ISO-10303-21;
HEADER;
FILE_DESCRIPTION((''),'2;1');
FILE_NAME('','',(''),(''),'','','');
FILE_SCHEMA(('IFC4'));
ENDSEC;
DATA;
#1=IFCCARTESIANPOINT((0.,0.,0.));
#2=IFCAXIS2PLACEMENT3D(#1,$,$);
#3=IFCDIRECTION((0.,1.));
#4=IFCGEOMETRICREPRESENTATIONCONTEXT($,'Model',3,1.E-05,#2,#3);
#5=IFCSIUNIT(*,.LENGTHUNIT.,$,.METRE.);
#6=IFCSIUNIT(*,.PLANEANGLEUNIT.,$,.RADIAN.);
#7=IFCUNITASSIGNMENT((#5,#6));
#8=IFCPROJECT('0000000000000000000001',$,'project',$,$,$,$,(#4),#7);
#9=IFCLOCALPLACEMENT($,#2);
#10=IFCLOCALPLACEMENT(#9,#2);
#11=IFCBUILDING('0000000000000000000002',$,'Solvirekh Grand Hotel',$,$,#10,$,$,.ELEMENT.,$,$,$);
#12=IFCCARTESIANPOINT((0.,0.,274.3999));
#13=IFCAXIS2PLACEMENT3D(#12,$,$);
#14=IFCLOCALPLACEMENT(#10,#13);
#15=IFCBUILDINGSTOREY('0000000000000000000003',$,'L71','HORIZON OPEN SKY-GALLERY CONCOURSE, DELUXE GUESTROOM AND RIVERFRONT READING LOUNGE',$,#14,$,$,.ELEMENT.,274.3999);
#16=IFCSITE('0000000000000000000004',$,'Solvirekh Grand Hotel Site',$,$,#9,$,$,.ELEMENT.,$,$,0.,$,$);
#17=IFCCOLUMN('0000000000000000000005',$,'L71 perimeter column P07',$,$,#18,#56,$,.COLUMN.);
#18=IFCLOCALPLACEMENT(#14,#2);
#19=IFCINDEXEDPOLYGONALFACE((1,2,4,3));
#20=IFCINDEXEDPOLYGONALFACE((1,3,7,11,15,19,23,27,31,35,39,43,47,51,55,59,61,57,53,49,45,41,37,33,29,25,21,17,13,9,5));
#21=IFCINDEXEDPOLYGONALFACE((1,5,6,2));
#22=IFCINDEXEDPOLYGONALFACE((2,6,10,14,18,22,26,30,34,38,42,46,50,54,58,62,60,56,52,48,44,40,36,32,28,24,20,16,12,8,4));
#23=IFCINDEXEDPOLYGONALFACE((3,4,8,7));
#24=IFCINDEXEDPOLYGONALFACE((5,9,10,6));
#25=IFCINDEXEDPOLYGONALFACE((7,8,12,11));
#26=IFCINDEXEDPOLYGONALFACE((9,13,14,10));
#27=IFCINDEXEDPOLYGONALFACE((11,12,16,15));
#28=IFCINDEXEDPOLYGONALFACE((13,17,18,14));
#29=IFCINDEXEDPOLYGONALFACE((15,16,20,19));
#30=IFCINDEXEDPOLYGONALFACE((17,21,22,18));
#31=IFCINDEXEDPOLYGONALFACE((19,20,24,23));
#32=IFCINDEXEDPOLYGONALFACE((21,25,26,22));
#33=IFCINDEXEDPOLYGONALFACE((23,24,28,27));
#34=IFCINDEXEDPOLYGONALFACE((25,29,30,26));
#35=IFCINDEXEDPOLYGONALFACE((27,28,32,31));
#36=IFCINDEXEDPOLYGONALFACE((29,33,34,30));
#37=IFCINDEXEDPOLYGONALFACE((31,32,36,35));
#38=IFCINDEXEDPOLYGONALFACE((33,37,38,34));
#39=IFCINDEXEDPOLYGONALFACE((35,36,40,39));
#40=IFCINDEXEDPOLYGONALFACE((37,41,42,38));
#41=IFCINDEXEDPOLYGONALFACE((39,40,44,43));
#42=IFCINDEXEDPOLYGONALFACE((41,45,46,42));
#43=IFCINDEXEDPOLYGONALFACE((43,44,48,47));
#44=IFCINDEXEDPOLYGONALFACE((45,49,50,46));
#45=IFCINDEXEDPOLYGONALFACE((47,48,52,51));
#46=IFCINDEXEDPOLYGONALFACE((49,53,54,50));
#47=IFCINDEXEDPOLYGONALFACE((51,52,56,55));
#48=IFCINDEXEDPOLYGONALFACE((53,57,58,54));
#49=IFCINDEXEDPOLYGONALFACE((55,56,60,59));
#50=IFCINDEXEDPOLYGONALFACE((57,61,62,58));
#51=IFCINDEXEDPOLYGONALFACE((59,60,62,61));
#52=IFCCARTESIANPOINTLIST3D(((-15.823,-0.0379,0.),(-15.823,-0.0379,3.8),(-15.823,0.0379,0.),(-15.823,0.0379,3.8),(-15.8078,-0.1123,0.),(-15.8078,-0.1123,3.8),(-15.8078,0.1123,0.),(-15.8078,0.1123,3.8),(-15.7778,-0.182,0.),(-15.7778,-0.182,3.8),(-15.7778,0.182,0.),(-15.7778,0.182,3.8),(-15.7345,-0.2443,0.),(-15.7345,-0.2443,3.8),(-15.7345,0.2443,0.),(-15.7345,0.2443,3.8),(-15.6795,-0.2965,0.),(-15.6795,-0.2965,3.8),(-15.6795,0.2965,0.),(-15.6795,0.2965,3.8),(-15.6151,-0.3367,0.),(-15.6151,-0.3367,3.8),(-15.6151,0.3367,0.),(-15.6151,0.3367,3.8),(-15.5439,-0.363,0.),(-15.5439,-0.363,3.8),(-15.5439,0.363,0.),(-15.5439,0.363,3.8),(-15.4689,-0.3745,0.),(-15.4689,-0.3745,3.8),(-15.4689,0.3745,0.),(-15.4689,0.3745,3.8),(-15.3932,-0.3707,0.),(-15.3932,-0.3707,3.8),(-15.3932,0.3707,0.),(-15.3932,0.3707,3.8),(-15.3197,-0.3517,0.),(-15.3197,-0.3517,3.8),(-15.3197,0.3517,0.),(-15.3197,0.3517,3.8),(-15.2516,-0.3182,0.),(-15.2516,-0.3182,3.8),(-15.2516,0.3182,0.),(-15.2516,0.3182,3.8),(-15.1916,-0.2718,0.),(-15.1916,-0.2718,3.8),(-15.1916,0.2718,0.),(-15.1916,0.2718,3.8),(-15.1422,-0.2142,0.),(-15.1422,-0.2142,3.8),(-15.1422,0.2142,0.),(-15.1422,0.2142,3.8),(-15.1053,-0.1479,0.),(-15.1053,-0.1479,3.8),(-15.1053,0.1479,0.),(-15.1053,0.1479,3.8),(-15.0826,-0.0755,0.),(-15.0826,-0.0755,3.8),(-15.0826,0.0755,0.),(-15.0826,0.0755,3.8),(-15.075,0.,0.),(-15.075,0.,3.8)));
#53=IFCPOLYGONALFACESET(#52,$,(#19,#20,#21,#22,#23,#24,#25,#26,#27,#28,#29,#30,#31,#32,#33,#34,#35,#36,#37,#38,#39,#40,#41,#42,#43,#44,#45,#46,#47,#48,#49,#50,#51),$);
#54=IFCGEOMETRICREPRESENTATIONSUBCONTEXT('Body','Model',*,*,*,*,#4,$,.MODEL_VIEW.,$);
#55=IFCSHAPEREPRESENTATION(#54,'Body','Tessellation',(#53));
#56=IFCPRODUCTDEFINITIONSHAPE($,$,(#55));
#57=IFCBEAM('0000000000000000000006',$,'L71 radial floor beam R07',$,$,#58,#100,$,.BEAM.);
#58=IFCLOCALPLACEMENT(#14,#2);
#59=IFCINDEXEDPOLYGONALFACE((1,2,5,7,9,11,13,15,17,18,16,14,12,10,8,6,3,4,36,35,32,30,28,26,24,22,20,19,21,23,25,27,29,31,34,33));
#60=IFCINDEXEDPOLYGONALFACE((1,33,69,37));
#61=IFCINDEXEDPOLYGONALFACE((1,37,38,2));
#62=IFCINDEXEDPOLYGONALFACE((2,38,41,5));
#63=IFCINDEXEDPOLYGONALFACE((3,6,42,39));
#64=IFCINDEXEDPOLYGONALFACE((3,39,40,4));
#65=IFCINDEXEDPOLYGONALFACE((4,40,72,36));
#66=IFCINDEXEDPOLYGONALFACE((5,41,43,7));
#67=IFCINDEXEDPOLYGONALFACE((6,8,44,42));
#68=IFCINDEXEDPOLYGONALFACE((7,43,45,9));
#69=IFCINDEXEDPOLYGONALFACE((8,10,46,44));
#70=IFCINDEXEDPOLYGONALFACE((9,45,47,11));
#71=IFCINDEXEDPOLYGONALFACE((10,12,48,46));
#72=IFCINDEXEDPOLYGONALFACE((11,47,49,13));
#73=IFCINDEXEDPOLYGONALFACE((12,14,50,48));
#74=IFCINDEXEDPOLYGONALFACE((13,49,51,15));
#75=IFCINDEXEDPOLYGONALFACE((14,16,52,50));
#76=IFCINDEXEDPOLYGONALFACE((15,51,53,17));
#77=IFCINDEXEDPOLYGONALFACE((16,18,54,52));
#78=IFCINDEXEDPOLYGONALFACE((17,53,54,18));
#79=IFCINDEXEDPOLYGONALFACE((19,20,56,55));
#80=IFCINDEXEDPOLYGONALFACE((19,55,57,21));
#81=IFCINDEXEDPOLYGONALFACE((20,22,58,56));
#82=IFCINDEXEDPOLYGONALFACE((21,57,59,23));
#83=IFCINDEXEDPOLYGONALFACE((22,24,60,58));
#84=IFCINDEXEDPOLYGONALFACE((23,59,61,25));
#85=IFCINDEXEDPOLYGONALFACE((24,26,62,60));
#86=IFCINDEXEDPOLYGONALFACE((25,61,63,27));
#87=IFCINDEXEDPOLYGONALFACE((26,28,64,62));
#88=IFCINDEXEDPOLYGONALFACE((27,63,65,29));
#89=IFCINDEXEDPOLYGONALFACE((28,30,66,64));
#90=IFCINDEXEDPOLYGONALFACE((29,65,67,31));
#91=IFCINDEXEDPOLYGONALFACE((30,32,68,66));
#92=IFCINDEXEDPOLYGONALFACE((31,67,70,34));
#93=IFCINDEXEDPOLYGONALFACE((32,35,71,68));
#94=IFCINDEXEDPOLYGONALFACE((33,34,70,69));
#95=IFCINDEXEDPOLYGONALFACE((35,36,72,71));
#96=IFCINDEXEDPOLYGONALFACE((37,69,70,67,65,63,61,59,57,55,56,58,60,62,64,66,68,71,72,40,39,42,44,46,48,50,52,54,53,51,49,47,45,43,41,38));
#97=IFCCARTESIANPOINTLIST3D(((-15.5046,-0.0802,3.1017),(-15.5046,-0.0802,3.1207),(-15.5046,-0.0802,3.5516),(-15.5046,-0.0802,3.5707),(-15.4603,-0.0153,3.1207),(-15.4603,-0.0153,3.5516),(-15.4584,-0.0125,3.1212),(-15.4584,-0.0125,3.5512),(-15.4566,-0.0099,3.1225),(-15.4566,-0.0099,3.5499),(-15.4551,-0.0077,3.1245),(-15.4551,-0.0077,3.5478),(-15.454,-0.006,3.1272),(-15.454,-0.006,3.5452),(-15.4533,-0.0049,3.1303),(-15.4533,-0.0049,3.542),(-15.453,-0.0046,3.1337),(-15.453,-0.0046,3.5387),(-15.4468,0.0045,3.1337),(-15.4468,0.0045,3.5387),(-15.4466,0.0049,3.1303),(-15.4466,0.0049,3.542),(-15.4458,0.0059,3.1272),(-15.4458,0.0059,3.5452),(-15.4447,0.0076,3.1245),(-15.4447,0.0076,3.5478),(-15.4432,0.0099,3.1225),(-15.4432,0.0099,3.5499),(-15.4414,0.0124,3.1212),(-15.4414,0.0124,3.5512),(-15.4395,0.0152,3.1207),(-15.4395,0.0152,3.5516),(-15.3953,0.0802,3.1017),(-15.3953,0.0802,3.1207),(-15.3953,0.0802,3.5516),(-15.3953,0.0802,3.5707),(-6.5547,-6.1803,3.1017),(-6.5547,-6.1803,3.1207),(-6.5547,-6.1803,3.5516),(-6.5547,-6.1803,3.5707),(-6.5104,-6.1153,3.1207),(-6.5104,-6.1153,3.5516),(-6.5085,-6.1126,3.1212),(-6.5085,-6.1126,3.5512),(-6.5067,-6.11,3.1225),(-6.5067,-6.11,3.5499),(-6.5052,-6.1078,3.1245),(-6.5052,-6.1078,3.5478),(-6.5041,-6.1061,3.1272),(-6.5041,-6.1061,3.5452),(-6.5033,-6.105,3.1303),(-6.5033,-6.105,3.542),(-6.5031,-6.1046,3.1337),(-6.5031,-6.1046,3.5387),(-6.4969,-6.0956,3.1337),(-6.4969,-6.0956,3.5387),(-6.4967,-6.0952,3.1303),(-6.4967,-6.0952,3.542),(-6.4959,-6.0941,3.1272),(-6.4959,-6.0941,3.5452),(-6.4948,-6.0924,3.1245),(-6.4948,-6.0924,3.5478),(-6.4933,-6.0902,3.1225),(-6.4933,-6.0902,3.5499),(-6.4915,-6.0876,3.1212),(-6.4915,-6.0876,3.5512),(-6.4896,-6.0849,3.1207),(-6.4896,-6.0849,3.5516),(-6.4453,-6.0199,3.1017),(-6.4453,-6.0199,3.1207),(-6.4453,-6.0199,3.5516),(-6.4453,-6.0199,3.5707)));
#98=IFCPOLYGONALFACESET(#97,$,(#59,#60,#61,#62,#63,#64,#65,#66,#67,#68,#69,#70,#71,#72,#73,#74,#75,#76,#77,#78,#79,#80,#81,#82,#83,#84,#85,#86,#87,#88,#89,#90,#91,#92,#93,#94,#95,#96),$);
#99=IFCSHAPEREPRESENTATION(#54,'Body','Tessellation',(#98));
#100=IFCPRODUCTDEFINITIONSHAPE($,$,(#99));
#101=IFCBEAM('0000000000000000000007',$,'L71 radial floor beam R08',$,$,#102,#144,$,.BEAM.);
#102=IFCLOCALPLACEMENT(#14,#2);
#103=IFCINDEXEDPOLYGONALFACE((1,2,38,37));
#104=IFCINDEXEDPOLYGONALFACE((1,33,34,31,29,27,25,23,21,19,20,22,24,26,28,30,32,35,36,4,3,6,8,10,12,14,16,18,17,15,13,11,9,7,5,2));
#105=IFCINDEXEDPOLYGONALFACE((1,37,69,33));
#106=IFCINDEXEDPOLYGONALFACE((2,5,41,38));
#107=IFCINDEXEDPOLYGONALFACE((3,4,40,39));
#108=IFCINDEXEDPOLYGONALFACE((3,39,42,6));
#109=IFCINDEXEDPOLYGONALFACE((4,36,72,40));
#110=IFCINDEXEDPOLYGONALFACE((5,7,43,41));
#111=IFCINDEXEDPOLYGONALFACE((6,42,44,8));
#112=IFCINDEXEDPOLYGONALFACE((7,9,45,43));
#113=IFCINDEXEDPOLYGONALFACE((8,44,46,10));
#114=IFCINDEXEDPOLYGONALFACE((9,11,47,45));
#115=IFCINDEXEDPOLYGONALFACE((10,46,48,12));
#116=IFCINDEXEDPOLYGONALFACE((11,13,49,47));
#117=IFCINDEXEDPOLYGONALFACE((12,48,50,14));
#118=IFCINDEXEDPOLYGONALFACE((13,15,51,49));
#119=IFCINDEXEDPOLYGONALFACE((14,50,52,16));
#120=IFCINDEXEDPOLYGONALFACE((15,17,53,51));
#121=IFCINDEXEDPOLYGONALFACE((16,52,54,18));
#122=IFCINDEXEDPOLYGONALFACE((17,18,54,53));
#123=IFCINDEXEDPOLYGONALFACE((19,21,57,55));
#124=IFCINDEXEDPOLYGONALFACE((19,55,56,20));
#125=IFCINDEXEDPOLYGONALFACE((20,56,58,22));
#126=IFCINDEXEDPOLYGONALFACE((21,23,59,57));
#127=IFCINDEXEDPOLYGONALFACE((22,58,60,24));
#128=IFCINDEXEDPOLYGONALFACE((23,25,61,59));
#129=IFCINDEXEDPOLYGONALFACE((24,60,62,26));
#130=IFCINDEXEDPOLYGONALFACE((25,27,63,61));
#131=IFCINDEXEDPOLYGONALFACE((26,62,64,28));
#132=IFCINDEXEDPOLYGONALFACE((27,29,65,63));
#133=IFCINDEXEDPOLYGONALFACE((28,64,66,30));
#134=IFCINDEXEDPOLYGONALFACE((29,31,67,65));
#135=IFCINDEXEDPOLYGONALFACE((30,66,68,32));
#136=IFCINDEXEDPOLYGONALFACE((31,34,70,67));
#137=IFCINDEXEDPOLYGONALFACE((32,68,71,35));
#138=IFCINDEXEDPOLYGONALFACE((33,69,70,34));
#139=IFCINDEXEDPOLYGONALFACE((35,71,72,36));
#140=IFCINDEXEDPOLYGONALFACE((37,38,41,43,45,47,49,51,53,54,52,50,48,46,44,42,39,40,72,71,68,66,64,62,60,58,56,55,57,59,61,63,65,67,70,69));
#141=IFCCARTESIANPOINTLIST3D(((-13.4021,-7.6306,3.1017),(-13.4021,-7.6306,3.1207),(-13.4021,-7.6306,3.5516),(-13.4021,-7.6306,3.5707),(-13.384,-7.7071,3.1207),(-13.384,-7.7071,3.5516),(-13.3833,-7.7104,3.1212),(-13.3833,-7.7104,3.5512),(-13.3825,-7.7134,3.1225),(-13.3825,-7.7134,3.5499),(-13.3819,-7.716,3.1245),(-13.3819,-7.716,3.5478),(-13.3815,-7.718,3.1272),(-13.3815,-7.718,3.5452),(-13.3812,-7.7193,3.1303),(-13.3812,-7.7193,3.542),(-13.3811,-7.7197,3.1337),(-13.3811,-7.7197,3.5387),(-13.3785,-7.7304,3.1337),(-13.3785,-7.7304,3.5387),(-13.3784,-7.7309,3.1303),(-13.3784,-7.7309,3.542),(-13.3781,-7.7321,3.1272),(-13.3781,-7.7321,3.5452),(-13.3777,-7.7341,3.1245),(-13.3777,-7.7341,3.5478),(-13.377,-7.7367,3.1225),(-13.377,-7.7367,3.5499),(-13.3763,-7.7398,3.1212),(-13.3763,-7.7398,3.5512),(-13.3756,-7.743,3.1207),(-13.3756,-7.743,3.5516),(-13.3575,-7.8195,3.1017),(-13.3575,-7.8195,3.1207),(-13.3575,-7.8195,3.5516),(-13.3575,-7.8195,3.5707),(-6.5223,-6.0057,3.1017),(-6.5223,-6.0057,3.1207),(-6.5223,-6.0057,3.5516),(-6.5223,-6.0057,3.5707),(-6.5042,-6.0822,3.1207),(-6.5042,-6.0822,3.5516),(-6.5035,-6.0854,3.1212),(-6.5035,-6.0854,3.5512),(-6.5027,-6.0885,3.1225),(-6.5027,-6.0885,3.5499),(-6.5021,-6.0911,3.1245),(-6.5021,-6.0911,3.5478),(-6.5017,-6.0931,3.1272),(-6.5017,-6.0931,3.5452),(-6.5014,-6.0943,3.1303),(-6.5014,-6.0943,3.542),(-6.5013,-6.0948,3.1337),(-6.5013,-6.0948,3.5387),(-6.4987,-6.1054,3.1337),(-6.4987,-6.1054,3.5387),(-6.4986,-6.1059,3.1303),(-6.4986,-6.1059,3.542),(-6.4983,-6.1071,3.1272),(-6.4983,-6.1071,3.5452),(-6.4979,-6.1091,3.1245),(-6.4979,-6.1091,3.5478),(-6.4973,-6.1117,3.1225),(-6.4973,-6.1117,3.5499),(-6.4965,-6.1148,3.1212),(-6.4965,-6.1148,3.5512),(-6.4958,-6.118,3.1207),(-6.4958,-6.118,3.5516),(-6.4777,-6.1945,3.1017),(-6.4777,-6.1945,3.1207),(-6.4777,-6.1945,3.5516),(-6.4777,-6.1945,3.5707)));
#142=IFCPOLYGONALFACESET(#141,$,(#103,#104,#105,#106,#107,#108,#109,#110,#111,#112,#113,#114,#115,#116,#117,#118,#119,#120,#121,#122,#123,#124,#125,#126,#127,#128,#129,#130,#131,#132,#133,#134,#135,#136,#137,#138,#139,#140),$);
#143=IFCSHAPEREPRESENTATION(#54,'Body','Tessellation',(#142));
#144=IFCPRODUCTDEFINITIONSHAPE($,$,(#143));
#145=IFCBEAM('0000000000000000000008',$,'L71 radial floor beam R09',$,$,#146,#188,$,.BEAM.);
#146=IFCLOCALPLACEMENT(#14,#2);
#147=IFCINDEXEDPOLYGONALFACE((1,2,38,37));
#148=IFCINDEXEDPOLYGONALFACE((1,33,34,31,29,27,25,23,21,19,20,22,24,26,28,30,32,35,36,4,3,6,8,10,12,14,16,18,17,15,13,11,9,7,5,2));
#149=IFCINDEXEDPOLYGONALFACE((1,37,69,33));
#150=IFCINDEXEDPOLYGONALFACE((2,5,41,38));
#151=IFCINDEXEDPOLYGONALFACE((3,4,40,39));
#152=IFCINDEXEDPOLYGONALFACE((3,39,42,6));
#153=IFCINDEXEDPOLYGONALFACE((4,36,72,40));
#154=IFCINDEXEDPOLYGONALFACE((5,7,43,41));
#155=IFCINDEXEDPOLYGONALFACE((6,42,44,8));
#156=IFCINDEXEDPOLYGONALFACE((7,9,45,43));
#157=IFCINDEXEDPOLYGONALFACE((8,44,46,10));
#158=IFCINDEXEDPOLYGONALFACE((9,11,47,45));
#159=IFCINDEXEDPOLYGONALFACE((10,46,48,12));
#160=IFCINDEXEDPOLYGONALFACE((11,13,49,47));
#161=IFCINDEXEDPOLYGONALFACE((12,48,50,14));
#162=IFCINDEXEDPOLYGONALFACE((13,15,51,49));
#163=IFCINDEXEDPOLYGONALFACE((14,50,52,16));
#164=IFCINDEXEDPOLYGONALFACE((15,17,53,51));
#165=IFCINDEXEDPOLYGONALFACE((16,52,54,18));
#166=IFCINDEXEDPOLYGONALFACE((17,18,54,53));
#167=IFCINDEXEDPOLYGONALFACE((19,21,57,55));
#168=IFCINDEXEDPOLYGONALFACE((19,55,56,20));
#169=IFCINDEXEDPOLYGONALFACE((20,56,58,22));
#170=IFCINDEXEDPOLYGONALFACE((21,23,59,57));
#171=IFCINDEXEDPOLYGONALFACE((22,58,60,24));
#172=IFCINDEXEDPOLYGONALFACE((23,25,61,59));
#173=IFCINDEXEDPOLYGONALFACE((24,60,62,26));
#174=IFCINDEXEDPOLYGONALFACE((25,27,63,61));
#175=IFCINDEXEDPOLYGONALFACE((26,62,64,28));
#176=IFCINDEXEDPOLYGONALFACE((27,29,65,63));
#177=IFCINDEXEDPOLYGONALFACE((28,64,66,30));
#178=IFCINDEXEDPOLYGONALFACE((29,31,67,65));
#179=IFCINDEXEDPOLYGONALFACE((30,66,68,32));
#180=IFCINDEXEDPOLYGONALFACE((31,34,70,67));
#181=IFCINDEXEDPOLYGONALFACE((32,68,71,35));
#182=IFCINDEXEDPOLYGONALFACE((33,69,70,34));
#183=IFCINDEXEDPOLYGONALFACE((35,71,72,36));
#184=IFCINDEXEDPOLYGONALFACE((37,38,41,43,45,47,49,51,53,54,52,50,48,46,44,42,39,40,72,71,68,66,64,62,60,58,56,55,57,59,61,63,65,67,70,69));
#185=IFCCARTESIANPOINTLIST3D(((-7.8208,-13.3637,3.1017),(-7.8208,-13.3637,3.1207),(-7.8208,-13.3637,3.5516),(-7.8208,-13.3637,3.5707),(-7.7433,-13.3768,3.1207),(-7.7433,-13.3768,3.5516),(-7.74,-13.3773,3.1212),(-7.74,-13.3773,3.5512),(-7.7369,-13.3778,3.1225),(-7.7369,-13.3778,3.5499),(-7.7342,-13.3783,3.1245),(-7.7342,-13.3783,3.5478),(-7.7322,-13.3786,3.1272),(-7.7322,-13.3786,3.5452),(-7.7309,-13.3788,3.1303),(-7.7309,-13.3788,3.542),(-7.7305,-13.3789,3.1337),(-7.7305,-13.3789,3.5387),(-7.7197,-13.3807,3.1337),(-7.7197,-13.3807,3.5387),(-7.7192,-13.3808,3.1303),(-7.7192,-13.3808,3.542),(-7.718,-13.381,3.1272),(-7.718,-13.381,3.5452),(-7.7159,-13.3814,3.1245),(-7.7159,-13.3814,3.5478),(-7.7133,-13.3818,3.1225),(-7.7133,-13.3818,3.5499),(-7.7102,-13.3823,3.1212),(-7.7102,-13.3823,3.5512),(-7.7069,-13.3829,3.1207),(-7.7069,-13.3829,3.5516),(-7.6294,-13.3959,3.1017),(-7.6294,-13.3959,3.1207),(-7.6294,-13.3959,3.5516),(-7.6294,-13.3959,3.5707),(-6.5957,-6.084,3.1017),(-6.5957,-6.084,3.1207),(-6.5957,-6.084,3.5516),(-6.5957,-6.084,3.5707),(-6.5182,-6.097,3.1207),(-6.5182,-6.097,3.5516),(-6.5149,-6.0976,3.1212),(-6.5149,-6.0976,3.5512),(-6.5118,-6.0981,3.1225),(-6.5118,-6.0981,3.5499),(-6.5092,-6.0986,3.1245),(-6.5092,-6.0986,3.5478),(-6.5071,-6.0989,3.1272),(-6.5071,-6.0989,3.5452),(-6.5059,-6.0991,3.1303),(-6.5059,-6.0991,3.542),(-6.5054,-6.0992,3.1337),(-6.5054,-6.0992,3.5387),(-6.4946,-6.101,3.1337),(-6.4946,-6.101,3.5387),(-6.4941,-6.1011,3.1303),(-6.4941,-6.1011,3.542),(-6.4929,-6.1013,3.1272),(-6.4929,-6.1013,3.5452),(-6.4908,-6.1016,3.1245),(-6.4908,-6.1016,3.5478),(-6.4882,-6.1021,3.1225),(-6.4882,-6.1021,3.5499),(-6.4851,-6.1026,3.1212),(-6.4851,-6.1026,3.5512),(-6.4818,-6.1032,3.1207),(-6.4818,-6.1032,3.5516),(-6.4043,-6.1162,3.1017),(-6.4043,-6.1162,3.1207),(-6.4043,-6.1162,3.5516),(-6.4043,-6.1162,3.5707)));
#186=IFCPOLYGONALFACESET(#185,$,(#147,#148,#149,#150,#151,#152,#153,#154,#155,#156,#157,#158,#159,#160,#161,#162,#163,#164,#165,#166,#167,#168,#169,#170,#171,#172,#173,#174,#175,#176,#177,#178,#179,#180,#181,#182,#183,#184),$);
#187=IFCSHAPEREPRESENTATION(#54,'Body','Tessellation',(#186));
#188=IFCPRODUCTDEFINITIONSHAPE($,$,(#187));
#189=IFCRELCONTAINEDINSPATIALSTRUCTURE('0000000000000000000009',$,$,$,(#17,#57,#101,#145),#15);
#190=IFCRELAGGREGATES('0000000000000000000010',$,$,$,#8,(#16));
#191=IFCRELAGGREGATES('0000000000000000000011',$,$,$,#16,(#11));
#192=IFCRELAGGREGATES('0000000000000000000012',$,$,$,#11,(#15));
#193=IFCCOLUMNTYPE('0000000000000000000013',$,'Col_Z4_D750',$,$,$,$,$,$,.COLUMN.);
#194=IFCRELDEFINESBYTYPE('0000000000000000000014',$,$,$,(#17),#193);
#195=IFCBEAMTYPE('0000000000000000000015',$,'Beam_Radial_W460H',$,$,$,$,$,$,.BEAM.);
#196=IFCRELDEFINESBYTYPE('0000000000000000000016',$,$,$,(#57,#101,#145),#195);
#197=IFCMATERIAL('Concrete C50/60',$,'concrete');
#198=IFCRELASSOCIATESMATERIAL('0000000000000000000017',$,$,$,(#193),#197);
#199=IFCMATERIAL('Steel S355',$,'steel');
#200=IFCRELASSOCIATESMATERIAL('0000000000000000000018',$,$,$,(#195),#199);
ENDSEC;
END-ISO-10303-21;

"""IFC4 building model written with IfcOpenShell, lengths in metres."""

from ifc_helpers import new_model, si_unit, direction, frame, origin, origin_2d, place, context, subcontext, project, spatial, circle, i_section, extrude, material, material_profile, profile_set, type_object, element, save


model = new_model("IFC4")

# Units and contexts
model_context = context("Model", 3, precision=1e-05, world=origin(), true_north=direction((0.0, 1.0)))
body_context = subcontext(model_context, "Body", "Model", "MODEL_VIEW")
ifc_project = project(units=[si_unit("LENGTHUNIT", "METRE"), si_unit("PLANEANGLEUNIT", "RADIAN")], contexts=[model_context])

# Site, building, storey
site_placement = place(None, origin())
site = spatial("IfcSite", under=ifc_project, at=site_placement, Name="Solvirekh Grand Hotel Site", CompositionType="ELEMENT", RefElevation=0.0)
building_placement = place(site_placement, origin())
building = spatial("IfcBuilding", under=site, at=building_placement, Name="Solvirekh Grand Hotel", CompositionType="ELEMENT")
storey_placement = place(building_placement, frame((0.0, 0.0, 274.3999)))
storey = spatial("IfcBuildingStorey", under=building, at=storey_placement, Name="L71", Description="HORIZON OPEN SKY-GALLERY CONCOURSE, DELUXE GUESTROOM AND RIVERFRONT READING LOUNGE", CompositionType="ELEMENT", Elevation=274.3999)

# Column
ifc_material_1 = material(Name="Concrete C50/60", Category="concrete")
ifc_material_profile_1 = material_profile(ifc_material_1, circle(Radius=0.375, at=origin_2d()), Name="RC CIRC D750")
ifc_profile_set_1 = profile_set([ifc_material_profile_1], Name="Concrete C50/60")
column_type = type_object("IfcColumnType", Name="Col_Z4_D750", PredefinedType="COLUMN", material=ifc_profile_set_1)
column_placement = place(storey_placement, frame((-15.45, 0.0, 0.0), z_axis=(0.0, 0.0, 1.0), x_axis=(1.0, 0.0, 0.0)))
element("IfcColumn", 1, at=column_placement, inside=storey, type_object=column_type, Name="L71 perimeter column P07", PredefinedType="COLUMN", context=body_context, shape_type="SweptSolid", body=[
    extrude(circle(Radius=0.375, at=origin_2d()), origin(), (0.0, 0.0, 1.0), 3.8),
])

# Beams
ifc_material_2 = material(Name="Steel S355", Category="steel")
ifc_material_profile_2 = material_profile(ifc_material_2, i_section(OverallWidth=0.1941, OverallDepth=0.469, WebThickness=0.011, FlangeThickness=0.019, FilletRadius=0.0129, at=origin_2d()), Name="W460X106")
ifc_profile_set_2 = profile_set([ifc_material_profile_2], Name="Steel S355")
beam_type_1 = type_object("IfcBeamType", Name="Beam_Radial_W460H", PredefinedType="BEAM", material=ifc_profile_set_2)
beam_1_placement = place(storey_placement, frame((-6.5, -6.1001, 3.3362), z_axis=(-0.826319, 0.563202, 0.0), x_axis=(-0.563202, -0.826319, 0.0)))
element("IfcBeam", 2, at=beam_1_placement, inside=storey, type_object=beam_type_1, Name="L71 radial floor beam R07", PredefinedType="BEAM", context=body_context, shape_type="SweptSolid", body=[
    extrude(i_section(OverallWidth=0.1941, OverallDepth=0.469, WebThickness=0.011, FlangeThickness=0.019, FilletRadius=0.0129, at=origin_2d()), origin(), (0.0, 0.0, 1.0), 10.8311),
])
beam_2_placement = place(storey_placement, frame((-6.5, -6.1001, 3.3362), z_axis=(-0.973221, -0.229871, 0.0), x_axis=(0.229871, -0.973221, 0.0)))
element("IfcBeam", 3, at=beam_2_placement, inside=storey, type_object=beam_type_1, Name="L71 radial floor beam R08", PredefinedType="BEAM", context=body_context, shape_type="SweptSolid", body=[
    extrude(i_section(OverallWidth=0.1941, OverallDepth=0.469, WebThickness=0.011, FlangeThickness=0.019, FilletRadius=0.0129, at=origin_2d()), origin(), (0.0, 0.0, 1.0), 7.0691),
])
beam_3_placement = place(storey_placement, frame((-6.5, -6.1001, 3.3362), z_axis=(-0.165954, -0.986133, 0.0), x_axis=(0.986133, -0.165954, 0.0)))
element("IfcBeam", 4, at=beam_3_placement, inside=storey, type_object=beam_type_1, Name="L71 radial floor beam R09", PredefinedType="BEAM", context=body_context, shape_type="SweptSolid", body=[
    extrude(i_section(OverallWidth=0.1941, OverallDepth=0.469, WebThickness=0.011, FlangeThickness=0.019, FilletRadius=0.0129, at=origin_2d()), origin(), (0.0, 0.0, 1.0), 7.3821),
])

save(model, "model.ifc")
